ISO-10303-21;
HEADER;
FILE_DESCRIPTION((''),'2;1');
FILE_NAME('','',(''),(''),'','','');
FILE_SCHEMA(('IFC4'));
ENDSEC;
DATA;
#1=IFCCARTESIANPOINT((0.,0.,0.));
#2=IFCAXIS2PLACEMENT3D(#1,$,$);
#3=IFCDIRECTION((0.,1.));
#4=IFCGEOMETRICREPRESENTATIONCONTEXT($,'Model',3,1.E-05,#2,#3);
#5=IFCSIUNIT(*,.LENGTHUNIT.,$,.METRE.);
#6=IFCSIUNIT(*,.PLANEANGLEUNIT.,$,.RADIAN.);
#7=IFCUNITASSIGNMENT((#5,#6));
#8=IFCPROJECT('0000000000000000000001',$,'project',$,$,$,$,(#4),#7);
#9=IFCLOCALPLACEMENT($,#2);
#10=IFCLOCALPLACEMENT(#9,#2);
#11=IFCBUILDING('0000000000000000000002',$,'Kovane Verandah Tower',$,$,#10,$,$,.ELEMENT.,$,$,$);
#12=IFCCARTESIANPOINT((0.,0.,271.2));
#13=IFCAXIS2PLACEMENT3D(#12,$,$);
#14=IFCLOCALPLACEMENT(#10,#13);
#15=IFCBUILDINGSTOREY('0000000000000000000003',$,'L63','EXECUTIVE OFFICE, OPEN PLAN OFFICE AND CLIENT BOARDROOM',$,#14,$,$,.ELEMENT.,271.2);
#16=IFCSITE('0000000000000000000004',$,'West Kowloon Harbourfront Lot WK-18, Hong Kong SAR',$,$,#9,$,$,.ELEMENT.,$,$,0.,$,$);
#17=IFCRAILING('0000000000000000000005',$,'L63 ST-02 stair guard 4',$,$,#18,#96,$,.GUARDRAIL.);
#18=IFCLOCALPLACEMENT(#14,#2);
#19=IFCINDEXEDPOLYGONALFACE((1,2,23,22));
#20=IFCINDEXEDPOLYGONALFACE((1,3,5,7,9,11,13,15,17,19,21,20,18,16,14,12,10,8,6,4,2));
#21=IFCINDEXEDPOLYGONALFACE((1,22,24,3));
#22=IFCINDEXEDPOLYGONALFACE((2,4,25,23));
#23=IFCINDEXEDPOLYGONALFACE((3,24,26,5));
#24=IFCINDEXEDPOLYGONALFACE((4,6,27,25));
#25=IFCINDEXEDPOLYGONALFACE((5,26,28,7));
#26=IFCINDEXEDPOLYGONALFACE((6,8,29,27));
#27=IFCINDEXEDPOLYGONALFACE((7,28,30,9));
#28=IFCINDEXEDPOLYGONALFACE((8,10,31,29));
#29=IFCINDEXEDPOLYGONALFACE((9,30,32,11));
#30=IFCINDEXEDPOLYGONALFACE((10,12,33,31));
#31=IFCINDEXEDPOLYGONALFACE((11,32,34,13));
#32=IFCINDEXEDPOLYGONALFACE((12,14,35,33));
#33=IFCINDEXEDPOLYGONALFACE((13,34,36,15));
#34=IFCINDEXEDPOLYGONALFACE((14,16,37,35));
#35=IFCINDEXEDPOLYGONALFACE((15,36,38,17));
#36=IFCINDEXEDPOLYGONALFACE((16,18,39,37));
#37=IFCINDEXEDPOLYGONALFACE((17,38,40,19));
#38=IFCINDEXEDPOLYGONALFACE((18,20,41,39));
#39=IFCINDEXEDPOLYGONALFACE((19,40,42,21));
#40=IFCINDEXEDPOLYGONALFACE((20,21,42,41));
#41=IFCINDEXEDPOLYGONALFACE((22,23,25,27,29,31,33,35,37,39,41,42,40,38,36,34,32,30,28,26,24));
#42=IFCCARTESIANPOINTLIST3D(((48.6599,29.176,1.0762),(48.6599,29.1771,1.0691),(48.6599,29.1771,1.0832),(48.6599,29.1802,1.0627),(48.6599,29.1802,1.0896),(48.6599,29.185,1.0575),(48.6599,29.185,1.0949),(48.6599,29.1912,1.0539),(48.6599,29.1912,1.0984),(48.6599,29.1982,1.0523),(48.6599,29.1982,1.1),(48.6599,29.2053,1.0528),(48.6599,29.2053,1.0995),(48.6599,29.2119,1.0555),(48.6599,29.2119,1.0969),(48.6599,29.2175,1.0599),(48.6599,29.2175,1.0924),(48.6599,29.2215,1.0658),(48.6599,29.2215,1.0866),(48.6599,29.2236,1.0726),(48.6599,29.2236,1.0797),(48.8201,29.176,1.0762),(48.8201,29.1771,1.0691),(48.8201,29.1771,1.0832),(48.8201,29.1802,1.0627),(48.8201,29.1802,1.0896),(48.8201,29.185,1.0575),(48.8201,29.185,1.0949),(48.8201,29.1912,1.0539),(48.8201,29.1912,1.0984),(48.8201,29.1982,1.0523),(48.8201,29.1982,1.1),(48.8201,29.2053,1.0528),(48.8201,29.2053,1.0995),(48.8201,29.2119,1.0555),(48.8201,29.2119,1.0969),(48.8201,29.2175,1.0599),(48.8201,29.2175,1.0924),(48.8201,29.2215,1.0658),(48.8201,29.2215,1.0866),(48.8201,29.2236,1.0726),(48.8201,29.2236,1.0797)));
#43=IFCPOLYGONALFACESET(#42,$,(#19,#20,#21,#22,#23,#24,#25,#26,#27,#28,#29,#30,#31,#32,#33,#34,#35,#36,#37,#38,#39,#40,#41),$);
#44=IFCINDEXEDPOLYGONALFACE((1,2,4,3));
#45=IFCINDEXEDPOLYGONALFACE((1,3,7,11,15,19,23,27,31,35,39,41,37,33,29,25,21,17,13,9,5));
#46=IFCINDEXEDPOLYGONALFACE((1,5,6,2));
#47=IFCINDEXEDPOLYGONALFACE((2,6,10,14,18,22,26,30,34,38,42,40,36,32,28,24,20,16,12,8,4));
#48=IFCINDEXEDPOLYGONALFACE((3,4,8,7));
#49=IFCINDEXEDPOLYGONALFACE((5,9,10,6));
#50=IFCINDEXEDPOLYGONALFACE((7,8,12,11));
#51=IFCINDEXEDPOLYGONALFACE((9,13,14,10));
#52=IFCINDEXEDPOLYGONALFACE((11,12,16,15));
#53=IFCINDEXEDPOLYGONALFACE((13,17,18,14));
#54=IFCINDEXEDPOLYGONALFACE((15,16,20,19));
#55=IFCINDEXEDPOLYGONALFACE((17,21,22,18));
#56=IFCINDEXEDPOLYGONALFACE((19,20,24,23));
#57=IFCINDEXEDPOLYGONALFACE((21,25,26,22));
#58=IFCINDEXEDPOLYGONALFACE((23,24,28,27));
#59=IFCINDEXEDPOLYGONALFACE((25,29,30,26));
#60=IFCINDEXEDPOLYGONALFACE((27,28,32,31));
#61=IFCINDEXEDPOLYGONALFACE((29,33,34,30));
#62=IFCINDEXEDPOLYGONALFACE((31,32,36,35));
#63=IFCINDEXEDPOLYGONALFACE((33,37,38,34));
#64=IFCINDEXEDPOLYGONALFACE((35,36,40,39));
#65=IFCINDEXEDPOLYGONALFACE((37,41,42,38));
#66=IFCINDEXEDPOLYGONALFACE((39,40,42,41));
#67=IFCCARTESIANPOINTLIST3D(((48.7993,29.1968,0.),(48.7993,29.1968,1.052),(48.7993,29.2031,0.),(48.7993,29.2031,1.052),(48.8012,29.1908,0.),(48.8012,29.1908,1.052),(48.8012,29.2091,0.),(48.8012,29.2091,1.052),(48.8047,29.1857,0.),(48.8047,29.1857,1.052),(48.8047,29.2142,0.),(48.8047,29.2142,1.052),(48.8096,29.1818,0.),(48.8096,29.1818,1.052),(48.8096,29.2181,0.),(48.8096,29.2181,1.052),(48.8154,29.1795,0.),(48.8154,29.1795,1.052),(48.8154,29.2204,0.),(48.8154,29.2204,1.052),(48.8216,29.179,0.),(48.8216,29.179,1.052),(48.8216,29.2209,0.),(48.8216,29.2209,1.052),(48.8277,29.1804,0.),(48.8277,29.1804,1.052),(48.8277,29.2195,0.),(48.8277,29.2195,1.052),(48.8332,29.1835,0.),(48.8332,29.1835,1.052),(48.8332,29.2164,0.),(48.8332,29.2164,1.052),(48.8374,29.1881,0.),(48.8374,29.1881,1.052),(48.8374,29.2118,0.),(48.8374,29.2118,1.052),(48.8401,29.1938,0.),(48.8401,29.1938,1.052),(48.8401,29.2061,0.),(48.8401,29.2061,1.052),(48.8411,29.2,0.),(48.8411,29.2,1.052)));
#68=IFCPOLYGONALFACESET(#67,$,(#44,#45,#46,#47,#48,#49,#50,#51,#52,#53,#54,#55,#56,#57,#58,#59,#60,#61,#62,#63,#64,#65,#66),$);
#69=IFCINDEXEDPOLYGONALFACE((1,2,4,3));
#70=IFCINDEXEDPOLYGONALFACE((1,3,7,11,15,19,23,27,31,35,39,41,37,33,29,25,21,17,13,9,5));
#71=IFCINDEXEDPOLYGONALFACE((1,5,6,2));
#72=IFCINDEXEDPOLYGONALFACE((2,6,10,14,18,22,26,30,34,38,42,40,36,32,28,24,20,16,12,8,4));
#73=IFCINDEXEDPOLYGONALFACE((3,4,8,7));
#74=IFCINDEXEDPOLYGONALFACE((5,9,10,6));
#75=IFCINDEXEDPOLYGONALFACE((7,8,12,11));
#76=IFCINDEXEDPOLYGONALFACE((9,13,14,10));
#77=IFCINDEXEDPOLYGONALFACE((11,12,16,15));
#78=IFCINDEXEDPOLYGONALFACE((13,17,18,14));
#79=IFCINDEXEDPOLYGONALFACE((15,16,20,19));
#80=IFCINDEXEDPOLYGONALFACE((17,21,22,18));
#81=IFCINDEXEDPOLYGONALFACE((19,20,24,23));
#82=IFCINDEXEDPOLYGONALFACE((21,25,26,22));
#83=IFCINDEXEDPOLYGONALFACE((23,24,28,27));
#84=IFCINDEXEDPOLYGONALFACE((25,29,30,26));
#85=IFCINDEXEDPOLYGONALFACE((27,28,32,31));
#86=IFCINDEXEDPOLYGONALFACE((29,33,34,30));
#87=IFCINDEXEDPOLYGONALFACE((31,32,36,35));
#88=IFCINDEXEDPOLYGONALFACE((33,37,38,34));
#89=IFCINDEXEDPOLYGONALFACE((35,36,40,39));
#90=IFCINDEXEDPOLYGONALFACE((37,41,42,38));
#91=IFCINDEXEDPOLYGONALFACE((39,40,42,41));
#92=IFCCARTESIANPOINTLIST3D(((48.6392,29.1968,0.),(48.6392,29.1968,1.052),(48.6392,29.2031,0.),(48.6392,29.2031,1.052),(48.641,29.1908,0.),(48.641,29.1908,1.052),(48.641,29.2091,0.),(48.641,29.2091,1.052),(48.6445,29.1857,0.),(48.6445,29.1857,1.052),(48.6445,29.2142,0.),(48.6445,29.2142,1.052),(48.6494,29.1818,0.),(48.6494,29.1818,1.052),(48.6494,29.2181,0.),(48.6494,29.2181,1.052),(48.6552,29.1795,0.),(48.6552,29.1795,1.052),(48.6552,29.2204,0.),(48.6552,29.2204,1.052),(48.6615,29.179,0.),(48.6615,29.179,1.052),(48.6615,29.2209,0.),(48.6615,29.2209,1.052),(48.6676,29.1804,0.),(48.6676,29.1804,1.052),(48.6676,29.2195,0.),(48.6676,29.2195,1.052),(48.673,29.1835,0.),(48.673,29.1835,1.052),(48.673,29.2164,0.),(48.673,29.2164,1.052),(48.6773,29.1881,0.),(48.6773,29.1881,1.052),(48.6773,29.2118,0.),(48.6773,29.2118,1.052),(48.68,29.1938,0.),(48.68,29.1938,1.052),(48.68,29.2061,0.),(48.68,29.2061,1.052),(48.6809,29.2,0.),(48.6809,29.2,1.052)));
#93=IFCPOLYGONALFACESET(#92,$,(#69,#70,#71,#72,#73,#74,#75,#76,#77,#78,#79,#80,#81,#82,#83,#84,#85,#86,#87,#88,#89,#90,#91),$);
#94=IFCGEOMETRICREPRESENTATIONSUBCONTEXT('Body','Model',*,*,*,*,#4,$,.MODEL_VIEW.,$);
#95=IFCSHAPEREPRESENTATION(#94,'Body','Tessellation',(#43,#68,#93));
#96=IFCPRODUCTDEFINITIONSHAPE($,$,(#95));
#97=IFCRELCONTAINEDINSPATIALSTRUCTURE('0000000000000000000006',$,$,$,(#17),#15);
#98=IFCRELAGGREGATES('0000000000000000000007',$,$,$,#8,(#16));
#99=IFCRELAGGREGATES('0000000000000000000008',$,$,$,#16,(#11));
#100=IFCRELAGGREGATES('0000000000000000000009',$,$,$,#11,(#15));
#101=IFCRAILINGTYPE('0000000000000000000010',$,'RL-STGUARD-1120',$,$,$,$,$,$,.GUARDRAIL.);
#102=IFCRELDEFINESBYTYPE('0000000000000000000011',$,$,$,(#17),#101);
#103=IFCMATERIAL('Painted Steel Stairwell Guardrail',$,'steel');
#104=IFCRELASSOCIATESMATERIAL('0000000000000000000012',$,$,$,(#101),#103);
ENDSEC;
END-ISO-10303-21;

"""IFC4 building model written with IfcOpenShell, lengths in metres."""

from ifc_helpers import new_model, si_unit, direction, frame, origin, origin_2d, place, context, subcontext, project, spatial, circle, extrude, material, type_object, element, save


model = new_model("IFC4")

# Units and contexts
model_context = context("Model", 3, precision=1e-05, world=origin(), true_north=direction((0.0, 1.0)))
body_context = subcontext(model_context, "Body", "Model", "MODEL_VIEW")
ifc_project = project(units=[si_unit("LENGTHUNIT", "METRE"), si_unit("PLANEANGLEUNIT", "RADIAN")], contexts=[model_context])

# Site, building, storey
site_placement = place(None, origin())
site = spatial("IfcSite", under=ifc_project, at=site_placement, Name="West Kowloon Harbourfront Lot WK-18, Hong Kong SAR", CompositionType="ELEMENT", RefElevation=0.0)
building_placement = place(site_placement, origin())
building = spatial("IfcBuilding", under=site, at=building_placement, Name="Kovane Verandah Tower", CompositionType="ELEMENT")
storey_placement = place(building_placement, frame((0.0, 0.0, 271.2)))
storey = spatial("IfcBuildingStorey", under=building, at=storey_placement, Name="L63", Description="EXECUTIVE OFFICE, OPEN PLAN OFFICE AND CLIENT BOARDROOM", CompositionType="ELEMENT", Elevation=271.2)

# Railing
ifc_material_1 = material(Name="Painted Steel Stairwell Guardrail", Category="steel")
railing_type_1 = type_object("IfcRailingType", Name="RL-STGUARD-1120", PredefinedType="GUARDRAIL", material=ifc_material_1)
railing_1_placement = place(storey_placement, frame((48.8201, 29.2, 0.0)))
element("IfcRailing", 1, at=railing_1_placement, inside=storey, type_object=railing_type_1, Name="L63 ST-02 stair guard 4", PredefinedType="GUARDRAIL", context=body_context, shape_type="SweptSolid", body=[
    extrude(circle(Radius=0.0239, at=origin_2d()), frame((0.0, 0.0, 1.0762), z_axis=(-1.0, 0.0, 0.0), x_axis=(0.0, -1.0, 0.0)), (0.0, 0.0, 1.0), 0.1602),
    extrude(circle(Radius=0.021, at=origin_2d()), origin(), (0.0, 0.0, 1.0), 1.052),
    extrude(circle(Radius=0.021, at=origin_2d()), frame((-0.1602, 0.0, 0.0)), (0.0, 0.0, 1.0), 1.052),
])

save(model, "model.ifc")
